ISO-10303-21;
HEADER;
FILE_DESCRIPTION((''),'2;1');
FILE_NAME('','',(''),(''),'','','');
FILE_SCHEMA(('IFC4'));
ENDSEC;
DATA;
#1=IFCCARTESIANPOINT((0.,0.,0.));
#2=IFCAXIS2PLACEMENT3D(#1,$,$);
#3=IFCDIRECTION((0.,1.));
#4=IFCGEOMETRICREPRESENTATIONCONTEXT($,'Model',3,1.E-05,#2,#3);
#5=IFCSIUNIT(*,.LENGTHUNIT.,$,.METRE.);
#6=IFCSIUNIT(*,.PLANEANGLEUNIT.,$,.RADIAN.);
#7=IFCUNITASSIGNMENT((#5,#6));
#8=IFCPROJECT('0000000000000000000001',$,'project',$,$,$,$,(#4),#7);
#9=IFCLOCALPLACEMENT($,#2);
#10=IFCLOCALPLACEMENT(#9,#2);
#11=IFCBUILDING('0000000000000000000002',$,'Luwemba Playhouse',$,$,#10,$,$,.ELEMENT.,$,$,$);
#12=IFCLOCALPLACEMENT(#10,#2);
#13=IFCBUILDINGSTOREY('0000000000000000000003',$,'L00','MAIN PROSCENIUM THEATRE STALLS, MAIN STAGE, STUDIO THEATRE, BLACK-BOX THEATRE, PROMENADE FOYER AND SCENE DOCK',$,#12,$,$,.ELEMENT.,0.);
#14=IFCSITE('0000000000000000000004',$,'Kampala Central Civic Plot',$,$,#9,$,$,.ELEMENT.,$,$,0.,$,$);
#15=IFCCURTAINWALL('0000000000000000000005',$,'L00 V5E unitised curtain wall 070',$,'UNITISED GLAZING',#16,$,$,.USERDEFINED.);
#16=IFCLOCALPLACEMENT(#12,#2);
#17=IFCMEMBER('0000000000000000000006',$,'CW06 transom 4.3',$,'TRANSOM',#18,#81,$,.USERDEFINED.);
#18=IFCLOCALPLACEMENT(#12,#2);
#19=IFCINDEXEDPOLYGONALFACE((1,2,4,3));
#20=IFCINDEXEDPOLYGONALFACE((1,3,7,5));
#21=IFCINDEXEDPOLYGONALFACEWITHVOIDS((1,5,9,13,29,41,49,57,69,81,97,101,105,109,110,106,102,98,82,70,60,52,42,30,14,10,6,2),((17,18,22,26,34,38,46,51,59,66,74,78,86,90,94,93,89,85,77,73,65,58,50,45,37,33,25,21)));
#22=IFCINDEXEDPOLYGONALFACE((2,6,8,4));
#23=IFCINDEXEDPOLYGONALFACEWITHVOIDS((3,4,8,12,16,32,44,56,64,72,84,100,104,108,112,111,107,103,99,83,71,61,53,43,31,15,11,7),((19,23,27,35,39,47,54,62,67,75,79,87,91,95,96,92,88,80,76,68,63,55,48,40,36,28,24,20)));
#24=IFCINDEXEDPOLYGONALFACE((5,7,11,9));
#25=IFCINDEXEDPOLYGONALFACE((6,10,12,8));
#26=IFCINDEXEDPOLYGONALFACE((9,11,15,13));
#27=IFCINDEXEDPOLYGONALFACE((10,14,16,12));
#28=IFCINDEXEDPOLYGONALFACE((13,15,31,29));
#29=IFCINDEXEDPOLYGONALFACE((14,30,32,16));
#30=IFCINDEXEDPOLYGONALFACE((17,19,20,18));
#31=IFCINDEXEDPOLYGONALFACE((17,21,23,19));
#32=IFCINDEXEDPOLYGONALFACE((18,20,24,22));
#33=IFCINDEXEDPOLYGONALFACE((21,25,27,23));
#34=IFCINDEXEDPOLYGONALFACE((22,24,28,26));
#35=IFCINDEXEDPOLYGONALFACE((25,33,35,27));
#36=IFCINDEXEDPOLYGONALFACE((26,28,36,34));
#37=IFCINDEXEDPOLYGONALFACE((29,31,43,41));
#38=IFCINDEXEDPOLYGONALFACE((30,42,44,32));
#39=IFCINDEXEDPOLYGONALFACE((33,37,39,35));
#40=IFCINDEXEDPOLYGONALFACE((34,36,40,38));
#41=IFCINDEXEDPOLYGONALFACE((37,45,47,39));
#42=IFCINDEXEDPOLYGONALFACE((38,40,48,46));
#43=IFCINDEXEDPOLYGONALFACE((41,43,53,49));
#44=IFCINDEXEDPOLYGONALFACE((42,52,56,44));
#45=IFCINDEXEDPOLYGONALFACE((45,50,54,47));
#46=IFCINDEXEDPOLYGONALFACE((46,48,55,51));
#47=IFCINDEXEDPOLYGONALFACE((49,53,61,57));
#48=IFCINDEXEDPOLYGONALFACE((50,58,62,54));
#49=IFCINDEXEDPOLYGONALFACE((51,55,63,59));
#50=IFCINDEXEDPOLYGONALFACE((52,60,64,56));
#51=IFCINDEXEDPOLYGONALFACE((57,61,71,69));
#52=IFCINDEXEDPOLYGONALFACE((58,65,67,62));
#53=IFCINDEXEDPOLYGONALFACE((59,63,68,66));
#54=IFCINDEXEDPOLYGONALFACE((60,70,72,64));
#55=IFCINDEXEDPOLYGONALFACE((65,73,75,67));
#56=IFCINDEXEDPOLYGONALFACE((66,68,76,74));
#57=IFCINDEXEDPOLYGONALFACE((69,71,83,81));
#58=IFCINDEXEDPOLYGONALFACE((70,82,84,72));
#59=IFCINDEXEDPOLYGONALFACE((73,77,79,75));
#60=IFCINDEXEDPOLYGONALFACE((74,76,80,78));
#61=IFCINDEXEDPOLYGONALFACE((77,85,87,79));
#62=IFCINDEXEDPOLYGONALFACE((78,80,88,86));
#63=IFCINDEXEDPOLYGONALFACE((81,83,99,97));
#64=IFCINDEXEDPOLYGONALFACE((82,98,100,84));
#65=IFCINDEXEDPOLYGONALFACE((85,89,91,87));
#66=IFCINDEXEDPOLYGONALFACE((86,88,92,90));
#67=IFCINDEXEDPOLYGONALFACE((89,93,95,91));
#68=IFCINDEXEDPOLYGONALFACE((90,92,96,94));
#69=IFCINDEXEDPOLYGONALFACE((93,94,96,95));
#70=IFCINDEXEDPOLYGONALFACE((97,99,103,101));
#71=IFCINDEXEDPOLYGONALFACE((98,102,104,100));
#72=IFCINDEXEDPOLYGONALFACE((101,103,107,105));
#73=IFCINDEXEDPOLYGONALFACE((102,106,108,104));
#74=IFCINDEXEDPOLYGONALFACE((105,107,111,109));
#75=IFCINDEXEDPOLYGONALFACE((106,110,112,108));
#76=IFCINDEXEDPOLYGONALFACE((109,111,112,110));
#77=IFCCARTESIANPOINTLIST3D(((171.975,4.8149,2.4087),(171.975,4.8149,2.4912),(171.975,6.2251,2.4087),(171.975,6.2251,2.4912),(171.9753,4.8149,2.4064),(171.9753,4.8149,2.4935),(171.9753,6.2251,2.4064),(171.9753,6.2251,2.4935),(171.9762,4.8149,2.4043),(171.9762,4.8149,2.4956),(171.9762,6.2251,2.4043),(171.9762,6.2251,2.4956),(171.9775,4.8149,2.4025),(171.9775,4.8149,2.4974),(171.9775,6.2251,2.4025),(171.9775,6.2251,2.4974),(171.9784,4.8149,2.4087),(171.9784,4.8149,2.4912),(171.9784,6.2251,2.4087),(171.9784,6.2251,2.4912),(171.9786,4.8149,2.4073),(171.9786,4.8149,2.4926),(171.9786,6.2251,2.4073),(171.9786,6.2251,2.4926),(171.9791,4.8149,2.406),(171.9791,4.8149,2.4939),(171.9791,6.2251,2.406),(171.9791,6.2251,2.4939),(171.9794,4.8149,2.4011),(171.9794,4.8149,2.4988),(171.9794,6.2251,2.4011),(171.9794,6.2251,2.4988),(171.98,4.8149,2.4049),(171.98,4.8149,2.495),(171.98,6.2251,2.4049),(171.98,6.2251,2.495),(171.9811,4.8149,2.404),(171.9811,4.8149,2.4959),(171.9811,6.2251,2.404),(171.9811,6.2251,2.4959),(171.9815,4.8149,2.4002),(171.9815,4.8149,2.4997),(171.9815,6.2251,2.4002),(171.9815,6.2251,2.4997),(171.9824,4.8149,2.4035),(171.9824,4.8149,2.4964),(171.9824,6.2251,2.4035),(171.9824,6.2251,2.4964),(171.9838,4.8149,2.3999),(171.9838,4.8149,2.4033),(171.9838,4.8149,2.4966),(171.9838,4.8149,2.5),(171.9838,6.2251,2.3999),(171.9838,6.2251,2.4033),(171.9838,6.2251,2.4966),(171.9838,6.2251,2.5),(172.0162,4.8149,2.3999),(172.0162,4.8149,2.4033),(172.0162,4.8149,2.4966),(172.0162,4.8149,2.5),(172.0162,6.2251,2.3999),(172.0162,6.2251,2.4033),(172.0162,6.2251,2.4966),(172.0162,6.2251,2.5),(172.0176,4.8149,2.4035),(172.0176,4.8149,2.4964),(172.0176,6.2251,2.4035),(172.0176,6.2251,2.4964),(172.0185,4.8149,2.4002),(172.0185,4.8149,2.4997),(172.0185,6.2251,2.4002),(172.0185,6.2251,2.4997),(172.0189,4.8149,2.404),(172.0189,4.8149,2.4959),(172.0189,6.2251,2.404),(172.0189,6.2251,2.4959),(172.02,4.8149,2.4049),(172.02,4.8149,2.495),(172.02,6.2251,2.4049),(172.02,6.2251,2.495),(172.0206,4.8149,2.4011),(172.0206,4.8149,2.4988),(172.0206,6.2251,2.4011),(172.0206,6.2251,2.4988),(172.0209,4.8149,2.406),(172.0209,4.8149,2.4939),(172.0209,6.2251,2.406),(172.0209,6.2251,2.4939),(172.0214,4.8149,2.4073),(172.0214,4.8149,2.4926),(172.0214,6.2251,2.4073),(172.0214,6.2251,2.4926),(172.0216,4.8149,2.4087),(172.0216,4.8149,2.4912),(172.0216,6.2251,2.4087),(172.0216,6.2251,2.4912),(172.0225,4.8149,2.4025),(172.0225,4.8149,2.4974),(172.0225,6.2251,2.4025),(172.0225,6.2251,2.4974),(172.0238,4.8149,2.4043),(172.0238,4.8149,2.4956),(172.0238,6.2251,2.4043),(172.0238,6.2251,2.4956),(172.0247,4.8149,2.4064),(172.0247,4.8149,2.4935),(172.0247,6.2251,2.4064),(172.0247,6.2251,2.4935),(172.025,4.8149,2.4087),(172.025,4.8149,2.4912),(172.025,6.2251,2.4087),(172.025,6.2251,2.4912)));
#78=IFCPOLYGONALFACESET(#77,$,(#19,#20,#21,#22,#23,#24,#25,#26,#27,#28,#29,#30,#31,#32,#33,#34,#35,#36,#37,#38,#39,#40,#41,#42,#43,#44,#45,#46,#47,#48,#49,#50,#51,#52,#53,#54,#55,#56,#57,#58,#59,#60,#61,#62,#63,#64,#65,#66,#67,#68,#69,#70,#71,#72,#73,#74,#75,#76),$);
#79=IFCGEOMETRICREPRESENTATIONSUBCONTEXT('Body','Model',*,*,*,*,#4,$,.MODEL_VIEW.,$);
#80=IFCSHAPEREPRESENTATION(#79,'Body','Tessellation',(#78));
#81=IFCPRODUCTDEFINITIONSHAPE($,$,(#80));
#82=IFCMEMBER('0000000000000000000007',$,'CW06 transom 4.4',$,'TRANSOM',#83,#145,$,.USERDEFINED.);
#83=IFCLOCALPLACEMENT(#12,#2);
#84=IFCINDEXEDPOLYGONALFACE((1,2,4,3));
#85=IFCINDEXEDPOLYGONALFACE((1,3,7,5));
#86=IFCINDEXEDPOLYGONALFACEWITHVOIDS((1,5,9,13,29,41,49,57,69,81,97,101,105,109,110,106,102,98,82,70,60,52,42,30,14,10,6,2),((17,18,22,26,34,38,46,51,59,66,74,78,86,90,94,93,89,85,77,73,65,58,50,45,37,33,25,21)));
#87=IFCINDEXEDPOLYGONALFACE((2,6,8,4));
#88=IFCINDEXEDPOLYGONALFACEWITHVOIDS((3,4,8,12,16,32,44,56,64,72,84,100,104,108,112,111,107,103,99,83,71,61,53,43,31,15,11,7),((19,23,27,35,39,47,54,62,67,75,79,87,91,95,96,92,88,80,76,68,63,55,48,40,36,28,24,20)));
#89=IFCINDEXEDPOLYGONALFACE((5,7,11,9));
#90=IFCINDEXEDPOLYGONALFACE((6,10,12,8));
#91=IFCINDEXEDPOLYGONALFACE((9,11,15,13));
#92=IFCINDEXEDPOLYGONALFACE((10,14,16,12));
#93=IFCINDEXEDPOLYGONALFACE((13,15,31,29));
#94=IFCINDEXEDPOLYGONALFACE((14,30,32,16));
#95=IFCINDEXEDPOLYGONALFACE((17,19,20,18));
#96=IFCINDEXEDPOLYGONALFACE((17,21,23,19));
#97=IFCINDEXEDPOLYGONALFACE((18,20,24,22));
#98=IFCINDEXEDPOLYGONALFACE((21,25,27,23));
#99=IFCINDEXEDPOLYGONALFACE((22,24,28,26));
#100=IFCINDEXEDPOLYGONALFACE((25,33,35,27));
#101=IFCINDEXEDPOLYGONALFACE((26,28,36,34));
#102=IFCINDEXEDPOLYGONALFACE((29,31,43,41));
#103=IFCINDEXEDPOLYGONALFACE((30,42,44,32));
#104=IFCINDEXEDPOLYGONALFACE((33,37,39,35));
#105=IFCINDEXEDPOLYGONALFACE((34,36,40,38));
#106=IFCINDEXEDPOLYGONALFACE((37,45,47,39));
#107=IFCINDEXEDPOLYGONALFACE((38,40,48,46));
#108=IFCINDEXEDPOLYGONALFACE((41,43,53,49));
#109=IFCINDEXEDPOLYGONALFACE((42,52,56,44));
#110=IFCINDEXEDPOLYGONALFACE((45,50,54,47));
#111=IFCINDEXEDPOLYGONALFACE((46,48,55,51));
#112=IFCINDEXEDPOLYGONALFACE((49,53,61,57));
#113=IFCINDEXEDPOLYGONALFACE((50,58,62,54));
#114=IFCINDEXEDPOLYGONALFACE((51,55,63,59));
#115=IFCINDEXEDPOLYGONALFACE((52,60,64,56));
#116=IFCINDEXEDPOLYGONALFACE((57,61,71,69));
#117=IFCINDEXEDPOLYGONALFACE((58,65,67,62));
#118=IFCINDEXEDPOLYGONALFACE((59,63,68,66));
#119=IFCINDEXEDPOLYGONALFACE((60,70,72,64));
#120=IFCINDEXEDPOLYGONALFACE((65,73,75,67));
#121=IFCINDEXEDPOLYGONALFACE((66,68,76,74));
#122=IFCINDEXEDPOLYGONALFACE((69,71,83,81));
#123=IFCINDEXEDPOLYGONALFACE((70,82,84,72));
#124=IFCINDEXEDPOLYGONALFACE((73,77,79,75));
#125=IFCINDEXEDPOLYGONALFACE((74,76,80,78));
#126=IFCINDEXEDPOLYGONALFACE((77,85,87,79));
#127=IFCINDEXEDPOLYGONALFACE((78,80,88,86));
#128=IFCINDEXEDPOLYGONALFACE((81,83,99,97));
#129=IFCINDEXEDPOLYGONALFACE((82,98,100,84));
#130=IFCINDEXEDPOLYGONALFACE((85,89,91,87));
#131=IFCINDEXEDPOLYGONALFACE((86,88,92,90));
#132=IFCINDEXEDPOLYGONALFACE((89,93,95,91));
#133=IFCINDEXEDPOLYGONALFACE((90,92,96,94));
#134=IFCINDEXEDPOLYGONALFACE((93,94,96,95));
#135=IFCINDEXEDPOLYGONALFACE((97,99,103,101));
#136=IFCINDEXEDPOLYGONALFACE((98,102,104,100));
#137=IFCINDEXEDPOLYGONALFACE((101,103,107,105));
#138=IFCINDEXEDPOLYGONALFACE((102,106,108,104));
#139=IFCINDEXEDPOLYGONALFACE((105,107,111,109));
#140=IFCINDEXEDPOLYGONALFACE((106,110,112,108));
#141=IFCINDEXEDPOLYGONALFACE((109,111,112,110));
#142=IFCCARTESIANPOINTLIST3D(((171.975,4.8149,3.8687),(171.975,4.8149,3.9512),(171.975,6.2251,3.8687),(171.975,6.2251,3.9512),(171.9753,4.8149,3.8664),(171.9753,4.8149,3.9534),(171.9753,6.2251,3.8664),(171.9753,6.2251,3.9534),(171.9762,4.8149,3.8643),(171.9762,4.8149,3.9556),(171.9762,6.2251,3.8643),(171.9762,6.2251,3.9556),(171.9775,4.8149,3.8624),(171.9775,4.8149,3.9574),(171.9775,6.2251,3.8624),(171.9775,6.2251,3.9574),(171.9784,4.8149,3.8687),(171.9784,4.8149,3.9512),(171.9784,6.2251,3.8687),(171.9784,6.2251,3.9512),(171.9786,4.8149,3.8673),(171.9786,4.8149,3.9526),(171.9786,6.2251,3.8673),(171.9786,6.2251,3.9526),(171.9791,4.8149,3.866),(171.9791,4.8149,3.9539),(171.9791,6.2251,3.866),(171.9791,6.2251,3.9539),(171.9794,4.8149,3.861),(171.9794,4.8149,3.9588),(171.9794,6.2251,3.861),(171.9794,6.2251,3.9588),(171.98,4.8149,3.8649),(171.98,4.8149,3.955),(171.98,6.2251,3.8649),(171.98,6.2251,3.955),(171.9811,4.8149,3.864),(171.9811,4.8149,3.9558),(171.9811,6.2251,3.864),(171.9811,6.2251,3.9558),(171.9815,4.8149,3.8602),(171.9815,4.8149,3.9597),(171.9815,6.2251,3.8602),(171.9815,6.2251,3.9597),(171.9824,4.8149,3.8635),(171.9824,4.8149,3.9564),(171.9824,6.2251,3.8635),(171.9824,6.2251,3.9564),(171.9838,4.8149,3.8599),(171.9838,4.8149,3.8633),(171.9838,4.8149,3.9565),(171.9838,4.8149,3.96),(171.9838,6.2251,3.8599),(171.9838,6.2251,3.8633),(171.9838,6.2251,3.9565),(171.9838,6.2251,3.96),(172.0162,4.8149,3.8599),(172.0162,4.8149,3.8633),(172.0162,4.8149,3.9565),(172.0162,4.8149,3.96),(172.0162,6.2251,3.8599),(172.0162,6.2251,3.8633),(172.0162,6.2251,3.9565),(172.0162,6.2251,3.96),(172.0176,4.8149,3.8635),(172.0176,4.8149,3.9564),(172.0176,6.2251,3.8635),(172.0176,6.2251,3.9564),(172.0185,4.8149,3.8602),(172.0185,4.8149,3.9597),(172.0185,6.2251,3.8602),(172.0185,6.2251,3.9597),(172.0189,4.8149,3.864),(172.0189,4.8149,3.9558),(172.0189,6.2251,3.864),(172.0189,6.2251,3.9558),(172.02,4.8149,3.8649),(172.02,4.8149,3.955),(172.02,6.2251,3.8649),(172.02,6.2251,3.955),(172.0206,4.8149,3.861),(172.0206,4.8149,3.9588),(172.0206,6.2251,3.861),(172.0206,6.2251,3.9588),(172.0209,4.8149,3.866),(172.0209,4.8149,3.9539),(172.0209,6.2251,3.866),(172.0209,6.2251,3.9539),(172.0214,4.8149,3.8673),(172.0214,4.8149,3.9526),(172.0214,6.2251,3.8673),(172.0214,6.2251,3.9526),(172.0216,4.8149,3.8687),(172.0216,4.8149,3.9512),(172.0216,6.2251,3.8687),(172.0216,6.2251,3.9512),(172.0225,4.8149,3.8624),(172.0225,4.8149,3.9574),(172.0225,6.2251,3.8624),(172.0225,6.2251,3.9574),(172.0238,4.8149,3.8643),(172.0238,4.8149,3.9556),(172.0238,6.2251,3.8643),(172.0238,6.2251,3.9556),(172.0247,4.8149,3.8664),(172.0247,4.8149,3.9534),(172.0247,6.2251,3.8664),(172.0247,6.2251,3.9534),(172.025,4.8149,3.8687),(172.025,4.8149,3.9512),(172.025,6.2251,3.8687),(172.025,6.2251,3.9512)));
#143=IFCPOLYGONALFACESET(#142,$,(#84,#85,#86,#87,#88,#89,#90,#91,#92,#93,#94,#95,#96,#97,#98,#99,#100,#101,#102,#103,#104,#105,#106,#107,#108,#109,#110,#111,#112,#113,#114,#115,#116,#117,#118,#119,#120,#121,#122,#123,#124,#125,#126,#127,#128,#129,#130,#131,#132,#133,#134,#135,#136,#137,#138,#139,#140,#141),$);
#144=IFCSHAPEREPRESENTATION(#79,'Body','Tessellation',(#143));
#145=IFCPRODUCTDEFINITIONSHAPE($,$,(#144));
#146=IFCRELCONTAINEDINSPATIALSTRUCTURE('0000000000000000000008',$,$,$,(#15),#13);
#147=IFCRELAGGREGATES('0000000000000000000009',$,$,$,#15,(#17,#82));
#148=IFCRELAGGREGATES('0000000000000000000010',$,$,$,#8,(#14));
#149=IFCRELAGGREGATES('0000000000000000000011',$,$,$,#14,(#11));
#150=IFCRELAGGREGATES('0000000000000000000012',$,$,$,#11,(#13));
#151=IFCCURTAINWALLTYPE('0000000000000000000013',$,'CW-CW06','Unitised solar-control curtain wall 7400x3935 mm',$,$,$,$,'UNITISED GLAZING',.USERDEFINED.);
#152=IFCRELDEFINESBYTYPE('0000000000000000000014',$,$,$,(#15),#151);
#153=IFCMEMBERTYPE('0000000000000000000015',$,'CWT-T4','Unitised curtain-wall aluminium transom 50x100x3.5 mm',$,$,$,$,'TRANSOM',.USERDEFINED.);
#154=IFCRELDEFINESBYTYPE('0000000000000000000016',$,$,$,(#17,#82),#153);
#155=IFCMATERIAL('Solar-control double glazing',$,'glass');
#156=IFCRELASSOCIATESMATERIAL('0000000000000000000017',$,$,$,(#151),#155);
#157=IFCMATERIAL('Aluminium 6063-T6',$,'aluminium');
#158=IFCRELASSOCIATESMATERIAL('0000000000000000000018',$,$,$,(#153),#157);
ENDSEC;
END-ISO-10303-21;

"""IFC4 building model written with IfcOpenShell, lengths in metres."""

from ifc_helpers import new_model, si_unit, direction, frame, origin, origin_2d, place, context, subcontext, project, spatial, hollow_rectangle, extrude, material, material_profile, profile_set, type_object, element, aggregate, save


model = new_model("IFC4")

# Units and contexts
model_context = context("Model", 3, precision=1e-05, world=origin(), true_north=direction((0.0, 1.0)))
body_context = subcontext(model_context, "Body", "Model", "MODEL_VIEW")
ifc_project = project(units=[si_unit("LENGTHUNIT", "METRE"), si_unit("PLANEANGLEUNIT", "RADIAN")], contexts=[model_context])

# Site, building, storey
site_placement = place(None, origin())
site = spatial("IfcSite", under=ifc_project, at=site_placement, Name="Kampala Central Civic Plot", CompositionType="ELEMENT", RefElevation=0.0)
building_placement = place(site_placement, origin())
building = spatial("IfcBuilding", under=site, at=building_placement, Name="Luwemba Playhouse", CompositionType="ELEMENT")
storey_placement = place(building_placement, origin())
storey = spatial("IfcBuildingStorey", under=building, at=storey_placement, Name="L00", Description="MAIN PROSCENIUM THEATRE STALLS, MAIN STAGE, STUDIO THEATRE, BLACK-BOX THEATRE, PROMENADE FOYER AND SCENE DOCK", CompositionType="ELEMENT", Elevation=0.0)

# Curtain wall, members
ifc_material_1 = material(Name="Solar-control double glazing", Category="glass")
curtain_wall_type = type_object("IfcCurtainWallType", Name="CW-CW06", Description="Unitised solar-control curtain wall 7400x3935 mm", ElementType="UNITISED GLAZING", PredefinedType="USERDEFINED", material=ifc_material_1)
curtain_wall_placement = place(storey_placement, origin())
curtain_wall = element("IfcCurtainWall", 1, at=curtain_wall_placement, inside=storey, type_object=curtain_wall_type, Name="L00 V5E unitised curtain wall 070", ObjectType="UNITISED GLAZING", PredefinedType="USERDEFINED")
ifc_material_2 = material(Name="Aluminium 6063-T6", Category="aluminium")
ifc_material_profile_1 = material_profile(ifc_material_2, hollow_rectangle(XDim=0.05, YDim=0.1001, WallThickness=0.0034, InnerFilletRadius=0.0054, OuterFilletRadius=0.0088, at=origin_2d()))
ifc_profile_set_1 = profile_set([ifc_material_profile_1], Name="Aluminium 6063-T6")
member_type_1 = type_object("IfcMemberType", Name="CWT-T4", Description="Unitised curtain-wall aluminium transom 50x100x3.5 mm", ElementType="TRANSOM", PredefinedType="USERDEFINED", material=ifc_profile_set_1)
member_1_placement = place(storey_placement, frame((172.0, 6.2251, 2.45), z_axis=(0.0, -1.0, 0.0), x_axis=(1.0, 0.0, 0.0)))
member_1 = element("IfcMember", 2, at=member_1_placement, type_object=member_type_1, Name="CW06 transom 4.3", ObjectType="TRANSOM", PredefinedType="USERDEFINED", context=body_context, shape_type="SweptSolid", body=[
    extrude(hollow_rectangle(XDim=0.05, YDim=0.1001, WallThickness=0.0034, InnerFilletRadius=0.0054, OuterFilletRadius=0.0088, at=origin_2d()), origin(), (0.0, 0.0, 1.0), 1.4102),
])
member_2_placement = place(storey_placement, frame((172.0, 6.2251, 3.9099), z_axis=(0.0, -1.0, 0.0), x_axis=(1.0, 0.0, 0.0)))
member_2 = element("IfcMember", 3, at=member_2_placement, type_object=member_type_1, Name="CW06 transom 4.4", ObjectType="TRANSOM", PredefinedType="USERDEFINED", context=body_context, shape_type="SweptSolid", body=[
    extrude(hollow_rectangle(XDim=0.05, YDim=0.1001, WallThickness=0.0034, InnerFilletRadius=0.0054, OuterFilletRadius=0.0088, at=origin_2d()), origin(), (0.0, 0.0, 1.0), 1.4102),
])
aggregate(curtain_wall, [member_1, member_2])

save(model, "model.ifc")
